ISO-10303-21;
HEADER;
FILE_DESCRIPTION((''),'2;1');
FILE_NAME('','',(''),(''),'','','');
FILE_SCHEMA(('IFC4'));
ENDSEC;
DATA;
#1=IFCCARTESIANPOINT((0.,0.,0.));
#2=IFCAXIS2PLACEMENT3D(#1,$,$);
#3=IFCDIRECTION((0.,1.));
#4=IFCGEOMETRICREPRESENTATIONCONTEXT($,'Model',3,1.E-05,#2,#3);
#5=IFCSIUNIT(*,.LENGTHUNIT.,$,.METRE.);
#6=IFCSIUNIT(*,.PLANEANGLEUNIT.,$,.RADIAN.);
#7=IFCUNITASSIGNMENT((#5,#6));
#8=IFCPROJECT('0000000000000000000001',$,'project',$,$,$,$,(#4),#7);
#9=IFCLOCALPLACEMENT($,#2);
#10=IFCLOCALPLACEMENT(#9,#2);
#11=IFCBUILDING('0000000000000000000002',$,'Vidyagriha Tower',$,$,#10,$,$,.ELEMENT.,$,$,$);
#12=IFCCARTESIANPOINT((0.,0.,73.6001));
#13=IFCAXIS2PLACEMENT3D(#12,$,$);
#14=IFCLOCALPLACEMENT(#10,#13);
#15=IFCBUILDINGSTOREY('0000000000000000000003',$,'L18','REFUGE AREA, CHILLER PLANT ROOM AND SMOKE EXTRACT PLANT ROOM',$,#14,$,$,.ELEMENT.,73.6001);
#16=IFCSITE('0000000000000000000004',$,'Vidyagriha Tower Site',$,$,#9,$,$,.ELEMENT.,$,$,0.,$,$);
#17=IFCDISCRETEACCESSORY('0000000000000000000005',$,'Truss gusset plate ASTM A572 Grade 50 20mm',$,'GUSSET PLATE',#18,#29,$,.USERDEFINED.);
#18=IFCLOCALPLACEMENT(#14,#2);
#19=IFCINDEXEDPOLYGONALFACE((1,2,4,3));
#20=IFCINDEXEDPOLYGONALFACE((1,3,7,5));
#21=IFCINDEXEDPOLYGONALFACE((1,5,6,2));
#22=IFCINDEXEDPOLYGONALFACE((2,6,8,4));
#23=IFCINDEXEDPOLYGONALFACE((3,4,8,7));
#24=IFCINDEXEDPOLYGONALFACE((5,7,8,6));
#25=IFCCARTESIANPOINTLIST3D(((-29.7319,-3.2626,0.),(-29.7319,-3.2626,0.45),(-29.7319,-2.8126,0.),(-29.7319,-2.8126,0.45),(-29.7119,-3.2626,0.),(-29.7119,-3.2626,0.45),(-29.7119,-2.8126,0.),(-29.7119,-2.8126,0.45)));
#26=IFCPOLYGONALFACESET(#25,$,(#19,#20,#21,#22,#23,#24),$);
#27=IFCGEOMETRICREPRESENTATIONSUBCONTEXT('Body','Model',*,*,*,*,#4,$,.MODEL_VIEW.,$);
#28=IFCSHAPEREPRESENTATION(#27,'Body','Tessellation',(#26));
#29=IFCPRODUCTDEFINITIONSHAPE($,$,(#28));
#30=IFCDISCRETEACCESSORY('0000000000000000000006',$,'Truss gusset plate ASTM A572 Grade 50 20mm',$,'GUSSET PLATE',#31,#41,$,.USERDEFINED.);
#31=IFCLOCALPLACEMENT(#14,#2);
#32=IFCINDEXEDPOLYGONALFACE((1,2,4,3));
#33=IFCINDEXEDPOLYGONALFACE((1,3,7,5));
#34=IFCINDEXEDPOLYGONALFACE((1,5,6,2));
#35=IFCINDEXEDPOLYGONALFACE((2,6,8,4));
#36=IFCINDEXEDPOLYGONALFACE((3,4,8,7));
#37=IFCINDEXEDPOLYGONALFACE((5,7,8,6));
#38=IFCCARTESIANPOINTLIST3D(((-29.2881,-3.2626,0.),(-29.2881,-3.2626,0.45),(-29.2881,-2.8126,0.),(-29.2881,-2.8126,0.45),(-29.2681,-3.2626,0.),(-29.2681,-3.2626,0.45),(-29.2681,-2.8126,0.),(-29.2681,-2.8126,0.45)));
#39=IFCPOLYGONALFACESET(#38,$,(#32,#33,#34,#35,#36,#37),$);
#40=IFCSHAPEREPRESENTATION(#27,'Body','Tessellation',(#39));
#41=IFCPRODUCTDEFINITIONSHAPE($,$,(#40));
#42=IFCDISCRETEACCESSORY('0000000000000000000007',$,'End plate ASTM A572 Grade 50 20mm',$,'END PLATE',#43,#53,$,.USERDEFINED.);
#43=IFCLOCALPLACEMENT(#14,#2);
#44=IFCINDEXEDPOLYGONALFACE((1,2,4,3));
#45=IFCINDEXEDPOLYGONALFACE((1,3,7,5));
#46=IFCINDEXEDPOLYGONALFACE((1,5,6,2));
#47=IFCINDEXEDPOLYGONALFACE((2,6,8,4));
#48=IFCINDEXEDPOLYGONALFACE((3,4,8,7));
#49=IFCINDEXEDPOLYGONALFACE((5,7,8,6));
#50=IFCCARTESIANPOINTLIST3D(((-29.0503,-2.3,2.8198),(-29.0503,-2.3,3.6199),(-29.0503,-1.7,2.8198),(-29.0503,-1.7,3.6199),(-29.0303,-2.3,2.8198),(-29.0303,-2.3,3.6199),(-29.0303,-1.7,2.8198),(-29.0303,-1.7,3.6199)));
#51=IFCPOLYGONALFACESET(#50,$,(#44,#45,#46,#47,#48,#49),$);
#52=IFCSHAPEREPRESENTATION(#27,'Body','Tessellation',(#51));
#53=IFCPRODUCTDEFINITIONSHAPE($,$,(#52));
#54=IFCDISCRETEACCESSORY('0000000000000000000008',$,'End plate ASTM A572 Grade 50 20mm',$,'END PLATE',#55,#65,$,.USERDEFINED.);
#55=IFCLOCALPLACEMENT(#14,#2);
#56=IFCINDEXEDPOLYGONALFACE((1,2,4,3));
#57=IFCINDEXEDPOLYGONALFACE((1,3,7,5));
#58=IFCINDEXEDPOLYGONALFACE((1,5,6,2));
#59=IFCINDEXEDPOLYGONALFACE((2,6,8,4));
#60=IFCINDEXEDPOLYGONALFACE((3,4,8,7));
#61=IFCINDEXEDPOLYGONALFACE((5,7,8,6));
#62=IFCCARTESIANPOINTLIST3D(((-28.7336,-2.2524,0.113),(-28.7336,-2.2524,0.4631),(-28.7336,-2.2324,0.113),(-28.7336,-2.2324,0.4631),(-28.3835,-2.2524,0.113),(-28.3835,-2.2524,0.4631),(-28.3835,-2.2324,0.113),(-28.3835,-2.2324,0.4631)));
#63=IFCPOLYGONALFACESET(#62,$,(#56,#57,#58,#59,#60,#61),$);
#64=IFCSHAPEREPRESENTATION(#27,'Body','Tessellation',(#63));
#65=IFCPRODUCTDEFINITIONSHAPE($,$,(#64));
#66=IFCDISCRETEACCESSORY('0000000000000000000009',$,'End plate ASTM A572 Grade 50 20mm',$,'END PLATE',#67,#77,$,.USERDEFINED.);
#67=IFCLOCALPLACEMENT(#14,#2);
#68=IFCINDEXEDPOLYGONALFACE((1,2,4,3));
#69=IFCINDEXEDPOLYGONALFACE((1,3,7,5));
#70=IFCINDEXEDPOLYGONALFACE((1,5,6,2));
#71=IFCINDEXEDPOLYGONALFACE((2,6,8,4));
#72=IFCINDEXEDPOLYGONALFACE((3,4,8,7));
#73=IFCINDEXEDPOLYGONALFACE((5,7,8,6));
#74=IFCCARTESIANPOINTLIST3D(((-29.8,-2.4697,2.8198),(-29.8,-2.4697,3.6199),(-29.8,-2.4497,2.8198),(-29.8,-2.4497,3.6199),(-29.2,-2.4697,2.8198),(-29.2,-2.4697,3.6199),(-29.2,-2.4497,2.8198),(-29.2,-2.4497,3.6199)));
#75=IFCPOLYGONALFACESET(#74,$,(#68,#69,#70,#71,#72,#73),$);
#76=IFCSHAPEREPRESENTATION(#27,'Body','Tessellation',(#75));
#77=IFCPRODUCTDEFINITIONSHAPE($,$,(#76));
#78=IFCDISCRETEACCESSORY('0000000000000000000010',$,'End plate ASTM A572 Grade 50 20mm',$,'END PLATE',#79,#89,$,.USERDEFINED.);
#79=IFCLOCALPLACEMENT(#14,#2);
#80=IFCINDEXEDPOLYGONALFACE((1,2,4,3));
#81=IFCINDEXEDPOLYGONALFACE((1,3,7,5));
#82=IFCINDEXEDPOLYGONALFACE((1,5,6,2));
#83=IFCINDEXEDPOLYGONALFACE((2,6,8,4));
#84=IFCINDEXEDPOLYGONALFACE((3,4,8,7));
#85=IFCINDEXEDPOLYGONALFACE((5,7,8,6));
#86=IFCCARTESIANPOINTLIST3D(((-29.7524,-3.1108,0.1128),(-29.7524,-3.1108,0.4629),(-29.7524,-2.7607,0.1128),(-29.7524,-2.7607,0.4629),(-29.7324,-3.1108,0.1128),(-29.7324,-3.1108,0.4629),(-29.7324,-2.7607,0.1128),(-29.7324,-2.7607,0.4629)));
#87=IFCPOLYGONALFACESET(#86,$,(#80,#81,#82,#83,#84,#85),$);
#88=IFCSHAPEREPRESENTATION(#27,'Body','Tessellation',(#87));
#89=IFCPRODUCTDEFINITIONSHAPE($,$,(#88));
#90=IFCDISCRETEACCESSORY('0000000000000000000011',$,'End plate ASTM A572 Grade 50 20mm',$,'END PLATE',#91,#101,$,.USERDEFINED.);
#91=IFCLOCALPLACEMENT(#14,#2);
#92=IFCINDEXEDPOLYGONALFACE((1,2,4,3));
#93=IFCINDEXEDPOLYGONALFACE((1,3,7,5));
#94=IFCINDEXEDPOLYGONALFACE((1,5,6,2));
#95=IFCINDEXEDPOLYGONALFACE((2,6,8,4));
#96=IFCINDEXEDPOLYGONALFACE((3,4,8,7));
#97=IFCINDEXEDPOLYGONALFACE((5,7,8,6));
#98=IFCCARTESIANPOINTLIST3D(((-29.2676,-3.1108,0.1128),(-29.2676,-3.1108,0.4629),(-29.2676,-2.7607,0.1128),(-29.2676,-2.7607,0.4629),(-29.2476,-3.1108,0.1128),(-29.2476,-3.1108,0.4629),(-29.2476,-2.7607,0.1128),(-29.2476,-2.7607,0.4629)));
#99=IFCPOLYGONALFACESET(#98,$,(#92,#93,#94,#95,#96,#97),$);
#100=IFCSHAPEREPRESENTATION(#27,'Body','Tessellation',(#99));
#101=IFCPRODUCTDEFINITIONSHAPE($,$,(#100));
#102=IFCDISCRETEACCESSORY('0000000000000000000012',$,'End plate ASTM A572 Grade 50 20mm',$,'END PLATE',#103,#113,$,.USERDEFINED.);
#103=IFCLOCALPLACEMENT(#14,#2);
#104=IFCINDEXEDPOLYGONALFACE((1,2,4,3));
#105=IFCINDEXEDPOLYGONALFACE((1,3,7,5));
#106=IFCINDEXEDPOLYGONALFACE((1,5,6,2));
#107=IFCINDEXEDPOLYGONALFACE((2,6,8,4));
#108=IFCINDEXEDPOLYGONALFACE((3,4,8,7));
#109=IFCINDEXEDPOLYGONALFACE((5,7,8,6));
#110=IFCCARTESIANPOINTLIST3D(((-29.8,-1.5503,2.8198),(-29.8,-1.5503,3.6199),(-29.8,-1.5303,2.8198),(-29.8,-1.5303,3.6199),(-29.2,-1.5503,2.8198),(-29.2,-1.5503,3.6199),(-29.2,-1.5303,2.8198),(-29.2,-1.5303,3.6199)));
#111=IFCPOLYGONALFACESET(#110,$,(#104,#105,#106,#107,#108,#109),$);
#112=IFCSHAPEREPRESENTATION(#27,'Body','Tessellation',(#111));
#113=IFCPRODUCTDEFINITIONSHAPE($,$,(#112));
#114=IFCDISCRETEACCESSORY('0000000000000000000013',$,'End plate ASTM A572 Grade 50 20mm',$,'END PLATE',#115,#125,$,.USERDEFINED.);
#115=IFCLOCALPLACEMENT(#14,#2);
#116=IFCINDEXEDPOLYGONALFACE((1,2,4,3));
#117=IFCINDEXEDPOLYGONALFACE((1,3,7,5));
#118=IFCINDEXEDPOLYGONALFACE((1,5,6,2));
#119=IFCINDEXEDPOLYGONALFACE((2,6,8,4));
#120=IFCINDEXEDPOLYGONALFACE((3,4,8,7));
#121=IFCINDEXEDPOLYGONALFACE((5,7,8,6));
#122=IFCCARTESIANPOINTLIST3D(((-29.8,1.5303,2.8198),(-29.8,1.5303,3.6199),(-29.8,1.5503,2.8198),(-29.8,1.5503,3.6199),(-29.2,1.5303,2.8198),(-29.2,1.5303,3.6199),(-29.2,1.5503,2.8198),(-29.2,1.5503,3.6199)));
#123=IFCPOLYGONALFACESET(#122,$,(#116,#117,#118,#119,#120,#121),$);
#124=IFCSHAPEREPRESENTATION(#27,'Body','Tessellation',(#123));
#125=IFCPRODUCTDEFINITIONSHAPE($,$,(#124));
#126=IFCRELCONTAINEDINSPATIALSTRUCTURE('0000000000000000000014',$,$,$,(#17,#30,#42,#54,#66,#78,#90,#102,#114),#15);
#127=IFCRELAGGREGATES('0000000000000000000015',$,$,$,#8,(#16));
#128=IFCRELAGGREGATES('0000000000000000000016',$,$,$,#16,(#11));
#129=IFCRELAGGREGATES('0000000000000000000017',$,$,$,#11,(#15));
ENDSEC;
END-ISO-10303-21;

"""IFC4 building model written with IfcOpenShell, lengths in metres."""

from ifc_helpers import new_model, si_unit, direction, frame, origin, origin_2d, place, context, subcontext, project, spatial, rectangle, extrude, element, save


model = new_model("IFC4")

# Units and contexts
model_context = context("Model", 3, precision=1e-05, world=origin(), true_north=direction((0.0, 1.0)))
body_context = subcontext(model_context, "Body", "Model", "MODEL_VIEW")
ifc_project = project(units=[si_unit("LENGTHUNIT", "METRE"), si_unit("PLANEANGLEUNIT", "RADIAN")], contexts=[model_context])

# Site, building, storey
site_placement = place(None, origin())
site = spatial("IfcSite", under=ifc_project, at=site_placement, Name="Vidyagriha Tower Site", CompositionType="ELEMENT", RefElevation=0.0)
building_placement = place(site_placement, origin())
building = spatial("IfcBuilding", under=site, at=building_placement, Name="Vidyagriha Tower", CompositionType="ELEMENT")
storey_placement = place(building_placement, frame((0.0, 0.0, 73.6001)))
storey = spatial("IfcBuildingStorey", under=building, at=storey_placement, Name="L18", Description="REFUGE AREA, CHILLER PLANT ROOM AND SMOKE EXTRACT PLANT ROOM", CompositionType="ELEMENT", Elevation=73.6001)

# Discrete accessories
for number, where, z_axis, x_axis, name in (
    (1, (-29.7219, -3.0376, 0.0), (0.0, 0.0, 1.0), (0.0, 1.0, 0.0), "Truss gusset plate ASTM A572 Grade 50 20mm"),
    (2, (-29.2781, -3.0376, 0.0), (0.0, 0.0, 1.0), (0.0, 1.0, 0.0), "Truss gusset plate ASTM A572 Grade 50 20mm"),
):
    element("IfcDiscreteAccessory", number, at=place(storey_placement, frame(where, z_axis=z_axis, x_axis=x_axis)), inside=storey, Name=name, ObjectType="GUSSET PLATE", PredefinedType="USERDEFINED", context=body_context, shape_type="SweptSolid", body=[
        extrude(rectangle(XDim=0.45, YDim=0.02, at=origin_2d()), origin(), (0.0, 0.0, 1.0), 0.45),
    ])
discrete_accessory_1_placement = place(storey_placement, frame((-29.0403, -2.0, 2.8198), z_axis=(0.0, 0.0, 1.0), x_axis=(-1.0, 0.0, 0.0)))
element("IfcDiscreteAccessory", 3, at=discrete_accessory_1_placement, inside=storey, Name="End plate ASTM A572 Grade 50 20mm", ObjectType="END PLATE", PredefinedType="USERDEFINED", context=body_context, shape_type="SweptSolid", body=[
    extrude(rectangle(XDim=0.02, YDim=0.6001, at=origin_2d()), origin(), (0.0, 0.0, 1.0), 0.8),
])
discrete_accessory_2_placement = place(storey_placement, frame((-28.5586, -2.2424, 0.113), z_axis=(0.0, 0.0, 1.0), x_axis=(-1.0, 0.0, 0.0)))
element("IfcDiscreteAccessory", 4, at=discrete_accessory_2_placement, inside=storey, Name="End plate ASTM A572 Grade 50 20mm", ObjectType="END PLATE", PredefinedType="USERDEFINED", context=body_context, shape_type="SweptSolid", body=[
    extrude(rectangle(XDim=0.3501, YDim=0.02, at=origin_2d()), origin(), (0.0, 0.0, 1.0), 0.3501),
])
discrete_accessory_3_placement = place(storey_placement, frame((-29.5, -2.4597, 2.8198), z_axis=(0.0, 0.0, 1.0), x_axis=(0.0, 1.0, 0.0)))
element("IfcDiscreteAccessory", 5, at=discrete_accessory_3_placement, inside=storey, Name="End plate ASTM A572 Grade 50 20mm", ObjectType="END PLATE", PredefinedType="USERDEFINED", context=body_context, shape_type="SweptSolid", body=[
    extrude(rectangle(XDim=0.02, YDim=0.6001, at=origin_2d()), origin(), (0.0, 0.0, 1.0), 0.8),
])
for number, where, z_axis, x_axis, name in (
    (6, (-29.7424, -2.9358, 0.1128), (0.0, 0.0, 1.0), (0.0, 1.0, 0.0), "End plate ASTM A572 Grade 50 20mm"),
    (7, (-29.2576, -2.9358, 0.1128), (0.0, 0.0, 1.0), (0.0, 1.0, 0.0), "End plate ASTM A572 Grade 50 20mm"),
):
    element("IfcDiscreteAccessory", number, at=place(storey_placement, frame(where, z_axis=z_axis, x_axis=x_axis)), inside=storey, Name=name, ObjectType="END PLATE", PredefinedType="USERDEFINED", context=body_context, shape_type="SweptSolid", body=[
        extrude(rectangle(XDim=0.3501, YDim=0.02, at=origin_2d()), origin(), (0.0, 0.0, 1.0), 0.3501),
    ])
for number, where, z_axis, x_axis, name in (
    (8, (-29.5, -1.5403, 2.8198), (0.0, 0.0, 1.0), (0.0, -1.0, 0.0), "End plate ASTM A572 Grade 50 20mm"),
    (9, (-29.5, 1.5403, 2.8198), (0.0, 0.0, 1.0), (0.0, 1.0, 0.0), "End plate ASTM A572 Grade 50 20mm"),
):
    element("IfcDiscreteAccessory", number, at=place(storey_placement, frame(where, z_axis=z_axis, x_axis=x_axis)), inside=storey, Name=name, ObjectType="END PLATE", PredefinedType="USERDEFINED", context=body_context, shape_type="SweptSolid", body=[
        extrude(rectangle(XDim=0.02, YDim=0.6001, at=origin_2d()), origin(), (0.0, 0.0, 1.0), 0.8),
    ])

save(model, "model.ifc")
